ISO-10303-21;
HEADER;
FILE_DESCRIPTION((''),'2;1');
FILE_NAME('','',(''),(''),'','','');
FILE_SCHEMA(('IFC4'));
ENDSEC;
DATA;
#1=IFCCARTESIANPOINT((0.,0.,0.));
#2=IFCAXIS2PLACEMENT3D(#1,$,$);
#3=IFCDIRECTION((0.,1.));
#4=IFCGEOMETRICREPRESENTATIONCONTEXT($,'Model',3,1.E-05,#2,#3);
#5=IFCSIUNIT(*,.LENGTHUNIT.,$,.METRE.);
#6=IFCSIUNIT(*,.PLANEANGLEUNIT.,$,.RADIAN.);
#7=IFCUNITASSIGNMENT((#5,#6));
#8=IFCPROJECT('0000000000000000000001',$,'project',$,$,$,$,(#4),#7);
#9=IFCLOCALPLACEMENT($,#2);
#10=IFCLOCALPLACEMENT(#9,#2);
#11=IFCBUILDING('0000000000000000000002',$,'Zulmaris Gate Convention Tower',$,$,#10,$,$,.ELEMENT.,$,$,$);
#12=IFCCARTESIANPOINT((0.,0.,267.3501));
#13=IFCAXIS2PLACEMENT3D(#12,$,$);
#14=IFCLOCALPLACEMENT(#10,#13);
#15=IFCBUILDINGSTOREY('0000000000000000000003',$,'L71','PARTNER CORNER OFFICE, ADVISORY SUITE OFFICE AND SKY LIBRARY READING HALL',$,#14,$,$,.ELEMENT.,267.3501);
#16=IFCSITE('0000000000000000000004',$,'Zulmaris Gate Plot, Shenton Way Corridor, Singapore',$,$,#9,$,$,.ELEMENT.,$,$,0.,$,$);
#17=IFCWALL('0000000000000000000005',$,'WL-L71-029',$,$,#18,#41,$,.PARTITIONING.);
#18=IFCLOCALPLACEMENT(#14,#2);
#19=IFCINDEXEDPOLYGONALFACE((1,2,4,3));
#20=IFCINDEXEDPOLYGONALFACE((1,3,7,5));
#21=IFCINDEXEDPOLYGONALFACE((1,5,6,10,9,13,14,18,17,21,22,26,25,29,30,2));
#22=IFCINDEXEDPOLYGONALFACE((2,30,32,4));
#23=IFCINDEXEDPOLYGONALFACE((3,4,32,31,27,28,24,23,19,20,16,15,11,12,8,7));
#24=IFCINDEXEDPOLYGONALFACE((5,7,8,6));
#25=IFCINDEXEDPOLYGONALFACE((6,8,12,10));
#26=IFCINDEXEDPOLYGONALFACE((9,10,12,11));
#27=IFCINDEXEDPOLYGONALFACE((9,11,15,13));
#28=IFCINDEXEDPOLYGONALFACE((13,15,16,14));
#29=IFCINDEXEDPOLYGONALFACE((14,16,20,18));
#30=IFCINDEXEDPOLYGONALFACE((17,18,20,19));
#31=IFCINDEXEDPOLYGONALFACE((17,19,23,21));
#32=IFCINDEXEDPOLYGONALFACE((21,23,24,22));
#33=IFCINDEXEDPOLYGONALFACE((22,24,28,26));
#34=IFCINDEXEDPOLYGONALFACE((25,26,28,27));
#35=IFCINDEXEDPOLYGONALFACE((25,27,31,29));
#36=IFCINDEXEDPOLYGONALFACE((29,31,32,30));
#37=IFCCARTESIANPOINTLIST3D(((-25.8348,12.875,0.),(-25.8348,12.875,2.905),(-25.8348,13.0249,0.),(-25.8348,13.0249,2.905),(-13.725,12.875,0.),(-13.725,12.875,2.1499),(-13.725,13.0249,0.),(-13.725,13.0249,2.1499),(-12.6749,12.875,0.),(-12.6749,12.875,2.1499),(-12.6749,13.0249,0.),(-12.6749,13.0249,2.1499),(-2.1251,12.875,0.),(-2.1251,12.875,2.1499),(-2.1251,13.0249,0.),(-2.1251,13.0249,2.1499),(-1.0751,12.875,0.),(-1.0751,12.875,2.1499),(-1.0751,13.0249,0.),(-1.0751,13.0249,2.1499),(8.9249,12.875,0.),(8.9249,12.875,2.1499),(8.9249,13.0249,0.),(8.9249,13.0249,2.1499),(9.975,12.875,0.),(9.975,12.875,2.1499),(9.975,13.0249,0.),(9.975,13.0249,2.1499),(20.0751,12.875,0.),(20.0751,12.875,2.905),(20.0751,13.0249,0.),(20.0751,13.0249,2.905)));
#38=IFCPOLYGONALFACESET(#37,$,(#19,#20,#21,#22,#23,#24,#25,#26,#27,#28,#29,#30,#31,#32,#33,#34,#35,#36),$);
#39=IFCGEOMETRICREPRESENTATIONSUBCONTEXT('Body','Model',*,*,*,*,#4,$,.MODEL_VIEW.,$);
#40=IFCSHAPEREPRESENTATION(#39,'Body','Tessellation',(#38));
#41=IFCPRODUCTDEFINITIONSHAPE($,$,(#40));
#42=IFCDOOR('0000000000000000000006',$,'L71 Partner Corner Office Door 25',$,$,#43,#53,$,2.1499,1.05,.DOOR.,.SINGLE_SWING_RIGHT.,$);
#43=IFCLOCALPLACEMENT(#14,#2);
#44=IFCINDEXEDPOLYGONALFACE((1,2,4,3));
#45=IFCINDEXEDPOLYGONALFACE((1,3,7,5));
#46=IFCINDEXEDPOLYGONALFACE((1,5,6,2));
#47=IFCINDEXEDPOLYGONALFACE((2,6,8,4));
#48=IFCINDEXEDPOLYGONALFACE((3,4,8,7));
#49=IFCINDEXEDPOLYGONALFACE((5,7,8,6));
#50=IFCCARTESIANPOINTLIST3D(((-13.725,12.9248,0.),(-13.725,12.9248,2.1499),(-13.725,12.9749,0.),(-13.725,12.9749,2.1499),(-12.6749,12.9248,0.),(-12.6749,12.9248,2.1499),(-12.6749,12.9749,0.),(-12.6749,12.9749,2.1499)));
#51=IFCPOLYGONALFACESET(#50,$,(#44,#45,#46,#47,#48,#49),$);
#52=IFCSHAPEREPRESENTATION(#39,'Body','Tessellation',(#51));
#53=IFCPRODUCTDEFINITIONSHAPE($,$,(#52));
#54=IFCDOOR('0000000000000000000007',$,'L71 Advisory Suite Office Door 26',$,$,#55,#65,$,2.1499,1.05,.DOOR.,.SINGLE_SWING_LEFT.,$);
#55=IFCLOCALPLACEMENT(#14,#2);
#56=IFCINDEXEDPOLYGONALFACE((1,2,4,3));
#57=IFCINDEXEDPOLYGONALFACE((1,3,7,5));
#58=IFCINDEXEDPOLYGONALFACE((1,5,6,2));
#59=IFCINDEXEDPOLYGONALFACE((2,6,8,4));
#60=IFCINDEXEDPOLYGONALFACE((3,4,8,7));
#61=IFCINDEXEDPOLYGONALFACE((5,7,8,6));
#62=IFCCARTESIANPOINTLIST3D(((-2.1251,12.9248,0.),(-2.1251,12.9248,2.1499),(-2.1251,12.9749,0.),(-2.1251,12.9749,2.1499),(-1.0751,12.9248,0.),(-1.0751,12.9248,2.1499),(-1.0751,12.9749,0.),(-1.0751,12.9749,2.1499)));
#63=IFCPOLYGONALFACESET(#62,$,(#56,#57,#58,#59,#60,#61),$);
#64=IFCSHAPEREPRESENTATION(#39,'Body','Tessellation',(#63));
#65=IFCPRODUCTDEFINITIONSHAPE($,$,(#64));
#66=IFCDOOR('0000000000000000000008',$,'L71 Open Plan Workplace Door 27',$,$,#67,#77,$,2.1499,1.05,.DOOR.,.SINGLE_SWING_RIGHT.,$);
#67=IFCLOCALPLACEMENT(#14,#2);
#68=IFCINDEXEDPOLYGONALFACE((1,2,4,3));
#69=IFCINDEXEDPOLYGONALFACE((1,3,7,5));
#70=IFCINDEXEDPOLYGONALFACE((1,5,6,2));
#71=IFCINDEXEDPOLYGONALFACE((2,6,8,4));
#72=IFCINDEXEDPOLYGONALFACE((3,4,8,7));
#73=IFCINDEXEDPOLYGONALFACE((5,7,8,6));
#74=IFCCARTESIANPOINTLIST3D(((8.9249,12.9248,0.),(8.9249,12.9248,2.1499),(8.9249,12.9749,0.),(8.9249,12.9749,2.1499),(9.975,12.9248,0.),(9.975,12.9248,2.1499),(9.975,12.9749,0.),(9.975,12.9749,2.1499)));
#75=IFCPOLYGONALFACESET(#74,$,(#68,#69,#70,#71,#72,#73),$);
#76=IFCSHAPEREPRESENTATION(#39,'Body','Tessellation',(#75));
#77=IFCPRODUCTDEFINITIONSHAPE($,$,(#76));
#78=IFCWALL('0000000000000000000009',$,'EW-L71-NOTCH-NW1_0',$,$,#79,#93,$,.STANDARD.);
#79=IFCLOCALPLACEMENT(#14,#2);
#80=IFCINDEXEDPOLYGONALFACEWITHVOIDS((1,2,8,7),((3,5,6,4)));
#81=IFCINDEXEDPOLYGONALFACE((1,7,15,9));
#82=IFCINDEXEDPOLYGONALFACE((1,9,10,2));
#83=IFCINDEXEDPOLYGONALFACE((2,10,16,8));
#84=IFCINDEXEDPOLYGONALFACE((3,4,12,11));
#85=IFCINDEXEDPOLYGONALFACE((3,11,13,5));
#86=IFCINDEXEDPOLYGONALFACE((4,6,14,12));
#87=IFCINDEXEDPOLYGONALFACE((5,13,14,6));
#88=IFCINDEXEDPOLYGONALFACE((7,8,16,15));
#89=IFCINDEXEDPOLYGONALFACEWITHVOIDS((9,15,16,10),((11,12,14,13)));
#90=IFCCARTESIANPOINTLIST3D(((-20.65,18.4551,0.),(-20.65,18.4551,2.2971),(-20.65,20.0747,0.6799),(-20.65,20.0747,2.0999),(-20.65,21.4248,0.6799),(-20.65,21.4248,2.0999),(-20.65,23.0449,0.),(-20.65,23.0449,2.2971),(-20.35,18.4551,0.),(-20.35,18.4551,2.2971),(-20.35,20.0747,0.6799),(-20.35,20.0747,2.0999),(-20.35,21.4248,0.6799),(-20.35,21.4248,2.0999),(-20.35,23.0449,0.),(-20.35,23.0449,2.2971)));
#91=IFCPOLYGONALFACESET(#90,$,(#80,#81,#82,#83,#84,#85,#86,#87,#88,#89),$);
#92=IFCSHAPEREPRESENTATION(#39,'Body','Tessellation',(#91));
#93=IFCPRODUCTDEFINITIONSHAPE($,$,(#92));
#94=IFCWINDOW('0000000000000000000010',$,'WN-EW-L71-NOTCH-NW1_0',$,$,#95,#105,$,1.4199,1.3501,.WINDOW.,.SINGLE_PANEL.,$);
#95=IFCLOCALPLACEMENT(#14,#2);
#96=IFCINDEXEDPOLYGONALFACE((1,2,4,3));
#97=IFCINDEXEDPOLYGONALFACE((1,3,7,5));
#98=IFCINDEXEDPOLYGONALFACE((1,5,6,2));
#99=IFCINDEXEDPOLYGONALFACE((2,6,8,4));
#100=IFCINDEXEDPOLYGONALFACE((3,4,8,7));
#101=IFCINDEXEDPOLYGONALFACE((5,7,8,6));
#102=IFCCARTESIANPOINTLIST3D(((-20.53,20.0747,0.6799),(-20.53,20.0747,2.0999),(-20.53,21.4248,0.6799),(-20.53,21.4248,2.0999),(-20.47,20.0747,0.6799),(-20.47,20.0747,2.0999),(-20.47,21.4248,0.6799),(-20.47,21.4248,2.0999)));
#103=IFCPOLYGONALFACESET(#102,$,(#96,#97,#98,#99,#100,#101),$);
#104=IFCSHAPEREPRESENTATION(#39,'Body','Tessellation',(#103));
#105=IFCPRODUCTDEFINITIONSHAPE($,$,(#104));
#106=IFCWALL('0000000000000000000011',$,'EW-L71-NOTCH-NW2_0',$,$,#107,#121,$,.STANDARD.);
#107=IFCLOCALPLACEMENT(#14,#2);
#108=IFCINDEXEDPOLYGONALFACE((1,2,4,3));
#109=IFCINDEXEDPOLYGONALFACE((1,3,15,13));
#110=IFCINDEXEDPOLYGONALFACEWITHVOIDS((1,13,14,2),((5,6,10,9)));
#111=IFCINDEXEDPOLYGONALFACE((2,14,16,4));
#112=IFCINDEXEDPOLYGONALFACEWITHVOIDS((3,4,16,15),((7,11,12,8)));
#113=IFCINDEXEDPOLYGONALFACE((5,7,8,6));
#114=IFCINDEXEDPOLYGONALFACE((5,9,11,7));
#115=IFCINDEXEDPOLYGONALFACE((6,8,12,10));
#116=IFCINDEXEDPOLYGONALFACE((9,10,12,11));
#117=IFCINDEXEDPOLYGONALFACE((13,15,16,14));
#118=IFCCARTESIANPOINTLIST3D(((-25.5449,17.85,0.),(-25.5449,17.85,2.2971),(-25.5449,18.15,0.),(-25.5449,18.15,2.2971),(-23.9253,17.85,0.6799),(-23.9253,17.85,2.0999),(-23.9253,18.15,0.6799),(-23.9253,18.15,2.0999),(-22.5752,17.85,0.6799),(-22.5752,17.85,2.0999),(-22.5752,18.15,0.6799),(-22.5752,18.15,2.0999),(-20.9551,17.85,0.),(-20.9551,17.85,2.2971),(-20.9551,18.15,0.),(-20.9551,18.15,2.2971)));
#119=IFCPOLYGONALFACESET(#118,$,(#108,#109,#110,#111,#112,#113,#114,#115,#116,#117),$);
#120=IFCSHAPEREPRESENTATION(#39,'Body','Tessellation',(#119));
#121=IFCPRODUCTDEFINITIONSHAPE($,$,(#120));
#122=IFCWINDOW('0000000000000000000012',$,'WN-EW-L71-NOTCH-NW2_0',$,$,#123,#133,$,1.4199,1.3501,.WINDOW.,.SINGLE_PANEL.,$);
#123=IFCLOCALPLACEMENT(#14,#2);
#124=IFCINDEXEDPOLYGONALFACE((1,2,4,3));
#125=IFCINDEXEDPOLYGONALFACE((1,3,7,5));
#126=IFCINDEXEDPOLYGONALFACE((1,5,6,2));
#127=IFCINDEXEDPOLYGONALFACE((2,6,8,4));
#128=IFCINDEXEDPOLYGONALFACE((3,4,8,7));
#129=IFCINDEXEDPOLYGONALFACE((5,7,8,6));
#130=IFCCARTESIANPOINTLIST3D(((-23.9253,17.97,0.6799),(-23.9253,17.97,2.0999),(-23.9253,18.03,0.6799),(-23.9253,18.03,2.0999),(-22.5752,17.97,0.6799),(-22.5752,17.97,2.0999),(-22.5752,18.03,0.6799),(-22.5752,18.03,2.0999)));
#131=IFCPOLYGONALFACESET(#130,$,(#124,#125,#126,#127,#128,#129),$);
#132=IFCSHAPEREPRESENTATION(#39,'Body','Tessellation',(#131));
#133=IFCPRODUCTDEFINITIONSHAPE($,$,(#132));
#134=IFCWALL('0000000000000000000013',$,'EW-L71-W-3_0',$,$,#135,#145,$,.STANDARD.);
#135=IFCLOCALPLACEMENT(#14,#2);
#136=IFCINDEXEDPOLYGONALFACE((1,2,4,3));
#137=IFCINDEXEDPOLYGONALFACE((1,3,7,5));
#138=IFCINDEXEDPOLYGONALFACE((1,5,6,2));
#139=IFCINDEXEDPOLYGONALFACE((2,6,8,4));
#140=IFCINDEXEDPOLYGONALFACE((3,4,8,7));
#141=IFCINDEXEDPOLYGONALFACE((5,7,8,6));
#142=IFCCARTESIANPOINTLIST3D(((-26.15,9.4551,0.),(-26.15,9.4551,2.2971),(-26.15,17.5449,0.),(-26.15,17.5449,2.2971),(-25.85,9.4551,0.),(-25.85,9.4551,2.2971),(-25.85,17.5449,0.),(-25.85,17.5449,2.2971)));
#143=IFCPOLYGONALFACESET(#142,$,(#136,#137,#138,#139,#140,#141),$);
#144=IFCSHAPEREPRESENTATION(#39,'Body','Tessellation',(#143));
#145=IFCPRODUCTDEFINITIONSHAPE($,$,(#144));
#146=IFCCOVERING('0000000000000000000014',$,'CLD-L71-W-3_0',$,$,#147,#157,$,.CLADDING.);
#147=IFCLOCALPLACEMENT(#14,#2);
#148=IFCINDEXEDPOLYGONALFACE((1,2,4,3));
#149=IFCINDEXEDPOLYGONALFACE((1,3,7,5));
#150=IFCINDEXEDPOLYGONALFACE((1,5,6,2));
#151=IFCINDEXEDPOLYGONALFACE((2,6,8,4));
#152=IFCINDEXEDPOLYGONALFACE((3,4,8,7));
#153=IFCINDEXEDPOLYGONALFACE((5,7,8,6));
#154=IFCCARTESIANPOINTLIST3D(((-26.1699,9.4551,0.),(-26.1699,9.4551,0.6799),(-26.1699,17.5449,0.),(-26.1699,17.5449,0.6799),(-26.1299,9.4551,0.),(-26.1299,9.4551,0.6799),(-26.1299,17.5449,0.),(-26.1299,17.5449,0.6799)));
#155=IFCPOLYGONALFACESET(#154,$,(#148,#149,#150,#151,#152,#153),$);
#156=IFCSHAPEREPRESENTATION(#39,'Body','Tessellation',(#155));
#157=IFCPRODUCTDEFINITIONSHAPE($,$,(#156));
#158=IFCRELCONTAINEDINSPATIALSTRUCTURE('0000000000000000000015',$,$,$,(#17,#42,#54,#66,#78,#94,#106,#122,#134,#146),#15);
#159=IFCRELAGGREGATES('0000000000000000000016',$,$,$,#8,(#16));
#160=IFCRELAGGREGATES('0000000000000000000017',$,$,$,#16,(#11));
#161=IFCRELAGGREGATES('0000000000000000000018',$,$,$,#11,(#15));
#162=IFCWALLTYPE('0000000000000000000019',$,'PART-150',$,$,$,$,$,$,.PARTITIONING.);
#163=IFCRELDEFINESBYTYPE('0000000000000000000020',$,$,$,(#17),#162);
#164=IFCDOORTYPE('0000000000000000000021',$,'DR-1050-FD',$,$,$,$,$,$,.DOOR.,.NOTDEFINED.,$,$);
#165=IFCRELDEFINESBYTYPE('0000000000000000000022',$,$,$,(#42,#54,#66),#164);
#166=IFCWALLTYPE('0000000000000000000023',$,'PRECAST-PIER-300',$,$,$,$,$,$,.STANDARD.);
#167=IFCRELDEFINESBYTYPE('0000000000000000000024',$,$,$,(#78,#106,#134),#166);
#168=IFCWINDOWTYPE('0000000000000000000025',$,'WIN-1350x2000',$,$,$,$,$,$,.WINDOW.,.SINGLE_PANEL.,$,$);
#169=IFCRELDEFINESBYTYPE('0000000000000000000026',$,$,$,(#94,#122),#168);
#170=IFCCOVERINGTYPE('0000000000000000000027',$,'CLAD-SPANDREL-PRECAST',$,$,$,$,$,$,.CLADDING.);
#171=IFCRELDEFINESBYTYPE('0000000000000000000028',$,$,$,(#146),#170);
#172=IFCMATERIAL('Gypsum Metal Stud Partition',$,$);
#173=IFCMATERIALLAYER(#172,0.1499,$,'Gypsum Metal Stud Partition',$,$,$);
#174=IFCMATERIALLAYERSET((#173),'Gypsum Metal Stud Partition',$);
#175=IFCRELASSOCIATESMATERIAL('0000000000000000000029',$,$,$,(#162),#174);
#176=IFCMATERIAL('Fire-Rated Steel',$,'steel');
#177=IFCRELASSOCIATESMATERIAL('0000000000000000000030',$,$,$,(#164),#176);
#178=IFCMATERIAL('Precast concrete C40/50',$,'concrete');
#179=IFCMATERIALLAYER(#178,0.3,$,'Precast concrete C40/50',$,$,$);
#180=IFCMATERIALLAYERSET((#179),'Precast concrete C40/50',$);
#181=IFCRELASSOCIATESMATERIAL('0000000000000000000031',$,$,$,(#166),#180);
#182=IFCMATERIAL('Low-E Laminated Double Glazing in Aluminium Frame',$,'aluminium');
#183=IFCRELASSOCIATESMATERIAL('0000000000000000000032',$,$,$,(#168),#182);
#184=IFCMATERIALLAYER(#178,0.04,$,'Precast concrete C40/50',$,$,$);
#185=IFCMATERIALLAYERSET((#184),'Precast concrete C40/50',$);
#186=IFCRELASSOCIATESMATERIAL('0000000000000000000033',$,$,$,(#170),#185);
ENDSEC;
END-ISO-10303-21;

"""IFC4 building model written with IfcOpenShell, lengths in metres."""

from ifc_helpers import new_model, si_unit, direction, frame, frame_2d, origin, place, context, subcontext, project, spatial, rectangle, extrude, material, layer, layer_set, type_object, element, fill, save


model = new_model("IFC4")

# Units and contexts
model_context = context("Model", 3, precision=1e-05, world=origin(), true_north=direction((0.0, 1.0)))
body_context = subcontext(model_context, "Body", "Model", "MODEL_VIEW")
ifc_project = project(units=[si_unit("LENGTHUNIT", "METRE"), si_unit("PLANEANGLEUNIT", "RADIAN")], contexts=[model_context])

# Site, building, storey
site_placement = place(None, origin())
site = spatial("IfcSite", under=ifc_project, at=site_placement, Name="Zulmaris Gate Plot, Shenton Way Corridor, Singapore", CompositionType="ELEMENT", RefElevation=0.0)
building_placement = place(site_placement, origin())
building = spatial("IfcBuilding", under=site, at=building_placement, Name="Zulmaris Gate Convention Tower", CompositionType="ELEMENT")
storey_placement = place(building_placement, frame((0.0, 0.0, 267.3501)))
storey = spatial("IfcBuildingStorey", under=building, at=storey_placement, Name="L71", Description="PARTNER CORNER OFFICE, ADVISORY SUITE OFFICE AND SKY LIBRARY READING HALL", CompositionType="ELEMENT", Elevation=267.3501)

# Shared definitions
ifc_material_1 = material(Name="Fire-Rated Steel", Category="steel")

# Wall, openings, doors
ifc_material_2 = material(Name="Gypsum Metal Stud Partition")
ifc_layer_1 = layer(ifc_material_2, 0.1499, Name="Gypsum Metal Stud Partition")
ifc_layer_set_1 = layer_set([ifc_layer_1], Name="Gypsum Metal Stud Partition")
wall_type_1 = type_object("IfcWallType", Name="PART-150", PredefinedType="PARTITIONING", material=ifc_layer_set_1)
wall_1_placement = place(storey_placement, frame((-25.835, 12.95, 0.0), z_axis=(0.0, 0.0, 1.0), x_axis=(1.0, 0.0, 0.0)))
wall_1 = element("IfcWall", 1, at=wall_1_placement, inside=storey, type_object=wall_type_1, Name="WL-L71-029", PredefinedType="PARTITIONING", context=body_context, shape_type="SweptSolid", body=[
    extrude(rectangle(XDim=45.9099, YDim=0.1499, at=frame_2d((22.9551, 0.0))), origin(), (0.0, 0.0, 1.0), 2.905),
])
opening_1_placement = place(wall_1_placement, frame((12.1101, 0.0, 0.0)))
opening_1 = element("IfcOpeningElement", 2, at=opening_1_placement, cuts=wall_1, PredefinedType="OPENING", context=body_context, shape_type="SweptSolid", body=[
    extrude(rectangle(XDim=1.05, YDim=2.1499, at=frame_2d((0.5249, 1.075))), frame((0.0, 0.085, 0.0), z_axis=(0.0, -1.0, 0.0), x_axis=(1.0, 0.0, 0.0)), (0.0, 0.0, 1.0), 0.1699),
])
opening_2_placement = place(wall_1_placement, frame((23.71, 0.0, 0.0)))
opening_2 = element("IfcOpeningElement", 3, at=opening_2_placement, cuts=wall_1, PredefinedType="OPENING", context=body_context, shape_type="SweptSolid", body=[
    extrude(rectangle(XDim=1.05, YDim=2.1499, at=frame_2d((0.5249, 1.075))), frame((0.0, 0.085, 0.0), z_axis=(0.0, -1.0, 0.0), x_axis=(1.0, 0.0, 0.0)), (0.0, 0.0, 1.0), 0.1699),
])
opening_3_placement = place(wall_1_placement, frame((34.76, 0.0, 0.0)))
opening_3 = element("IfcOpeningElement", 4, at=opening_3_placement, cuts=wall_1, PredefinedType="OPENING", context=body_context, shape_type="SweptSolid", body=[
    extrude(rectangle(XDim=1.05, YDim=2.1499, at=frame_2d((0.5249, 1.075))), frame((0.0, 0.085, 0.0), z_axis=(0.0, -1.0, 0.0), x_axis=(1.0, 0.0, 0.0)), (0.0, 0.0, 1.0), 0.1699),
])
door_type_1 = type_object("IfcDoorType", Name="DR-1050-FD", OperationType="NOTDEFINED", PredefinedType="DOOR", material=ifc_material_1)
door_1_placement = place(opening_1_placement, origin())
door_1 = element("IfcDoor", 5, at=door_1_placement, inside=storey, type_object=door_type_1, Name="L71 Partner Corner Office Door 25", OperationType="SINGLE_SWING_RIGHT", OverallHeight=2.1499, OverallWidth=1.05, PredefinedType="DOOR", context=body_context, shape_type="SweptSolid", body=[
    extrude(rectangle(XDim=1.05, YDim=2.1499, at=frame_2d((0.5249, 1.075))), frame((0.0, 0.0249, 0.0), z_axis=(0.0, -1.0, 0.0), x_axis=(1.0, 0.0, 0.0)), (0.0, 0.0, 1.0), 0.05),
])
fill(opening_1, door_1)
door_2_placement = place(opening_2_placement, origin())
door_2 = element("IfcDoor", 6, at=door_2_placement, inside=storey, type_object=door_type_1, Name="L71 Advisory Suite Office Door 26", OperationType="SINGLE_SWING_LEFT", OverallHeight=2.1499, OverallWidth=1.05, PredefinedType="DOOR", context=body_context, shape_type="SweptSolid", body=[
    extrude(rectangle(XDim=1.05, YDim=2.1499, at=frame_2d((0.5249, 1.075))), frame((0.0, 0.0249, 0.0), z_axis=(0.0, -1.0, 0.0), x_axis=(1.0, 0.0, 0.0)), (0.0, 0.0, 1.0), 0.05),
])
fill(opening_2, door_2)
door_3_placement = place(opening_3_placement, origin())
door_3 = element("IfcDoor", 7, at=door_3_placement, inside=storey, type_object=door_type_1, Name="L71 Open Plan Workplace Door 27", OperationType="SINGLE_SWING_RIGHT", OverallHeight=2.1499, OverallWidth=1.05, PredefinedType="DOOR", context=body_context, shape_type="SweptSolid", body=[
    extrude(rectangle(XDim=1.05, YDim=2.1499, at=frame_2d((0.5249, 1.075))), frame((0.0, 0.0249, 0.0), z_axis=(0.0, -1.0, 0.0), x_axis=(1.0, 0.0, 0.0)), (0.0, 0.0, 1.0), 0.05),
])
fill(opening_3, door_3)

# Walls, openings, windows
ifc_material_3 = material(Name="Precast concrete C40/50", Category="concrete")
ifc_layer_2 = layer(ifc_material_3, 0.3, Name="Precast concrete C40/50")
ifc_layer_set_2 = layer_set([ifc_layer_2], Name="Precast concrete C40/50")
wall_type_2 = type_object("IfcWallType", Name="PRECAST-PIER-300", PredefinedType="STANDARD", material=ifc_layer_set_2)
wall_2_placement = place(storey_placement, frame((-20.5, 23.0449, 0.0), z_axis=(0.0, 0.0, 1.0), x_axis=(0.0, -1.0, 0.0)))
wall_2 = element("IfcWall", 8, at=wall_2_placement, inside=storey, type_object=wall_type_2, Name="EW-L71-NOTCH-NW1_0", PredefinedType="STANDARD", context=body_context, shape_type="SweptSolid", body=[
    extrude(rectangle(XDim=4.5898, YDim=0.3, at=frame_2d((2.2949, 0.0))), origin(), (0.0, 0.0, 1.0), 2.2971),
])
opening_4_placement = place(wall_2_placement, frame((1.6201, 0.0, 0.6799)))
opening_4 = element("IfcOpeningElement", 9, at=opening_4_placement, cuts=wall_2, PredefinedType="OPENING", context=body_context, shape_type="SweptSolid", body=[
    extrude(rectangle(XDim=1.3501, YDim=1.4199, at=frame_2d((0.675, 0.71))), frame((0.0, 0.1602, 0.0), z_axis=(0.0, -1.0, 0.0), x_axis=(1.0, 0.0, 0.0)), (0.0, 0.0, 1.0), 0.3201),
])
ifc_material_4 = material(Name="Low-E Laminated Double Glazing in Aluminium Frame", Category="aluminium")
window_type = type_object("IfcWindowType", Name="WIN-1350x2000", PartitioningType="SINGLE_PANEL", PredefinedType="WINDOW", material=ifc_material_4)
window_1_placement = place(opening_4_placement, origin())
window_1 = element("IfcWindow", 10, at=window_1_placement, inside=storey, type_object=window_type, Name="WN-EW-L71-NOTCH-NW1_0", OverallHeight=1.4199, OverallWidth=1.3501, PartitioningType="SINGLE_PANEL", PredefinedType="WINDOW", context=body_context, shape_type="SweptSolid", body=[
    extrude(rectangle(XDim=1.3501, YDim=1.4199, at=frame_2d((0.675, 0.71))), frame((0.0, 0.03, 0.0), z_axis=(0.0, -1.0, 0.0), x_axis=(1.0, 0.0, 0.0)), (0.0, 0.0, 1.0), 0.0601),
])
fill(opening_4, window_1)
wall_3_placement = place(storey_placement, frame((-20.9551, 18.0, 0.0), z_axis=(0.0, 0.0, 1.0), x_axis=(-1.0, 0.0, 0.0)))
wall_3 = element("IfcWall", 11, at=wall_3_placement, inside=storey, type_object=wall_type_2, Name="EW-L71-NOTCH-NW2_0", PredefinedType="STANDARD", context=body_context, shape_type="SweptSolid", body=[
    extrude(rectangle(XDim=4.5898, YDim=0.3, at=frame_2d((2.2949, 0.0))), origin(), (0.0, 0.0, 1.0), 2.2971),
])
opening_5_placement = place(wall_3_placement, frame((1.6201, 0.0, 0.6799)))
opening_5 = element("IfcOpeningElement", 12, at=opening_5_placement, cuts=wall_3, PredefinedType="OPENING", context=body_context, shape_type="SweptSolid", body=[
    extrude(rectangle(XDim=1.3501, YDim=1.4199, at=frame_2d((0.675, 0.71))), frame((0.0, 0.1602, 0.0), z_axis=(0.0, -1.0, 0.0), x_axis=(1.0, 0.0, 0.0)), (0.0, 0.0, 1.0), 0.3201),
])
window_2_placement = place(opening_5_placement, origin())
window_2 = element("IfcWindow", 13, at=window_2_placement, inside=storey, type_object=window_type, Name="WN-EW-L71-NOTCH-NW2_0", OverallHeight=1.4199, OverallWidth=1.3501, PartitioningType="SINGLE_PANEL", PredefinedType="WINDOW", context=body_context, shape_type="SweptSolid", body=[
    extrude(rectangle(XDim=1.3501, YDim=1.4199, at=frame_2d((0.675, 0.71))), frame((0.0, 0.03, 0.0), z_axis=(0.0, -1.0, 0.0), x_axis=(1.0, 0.0, 0.0)), (0.0, 0.0, 1.0), 0.0601),
])
fill(opening_5, window_2)

# Wall
wall_4_placement = place(storey_placement, frame((-26.0, 17.5449, 0.0), z_axis=(0.0, 0.0, 1.0), x_axis=(0.0, -1.0, 0.0)))
element("IfcWall", 14, at=wall_4_placement, inside=storey, type_object=wall_type_2, Name="EW-L71-W-3_0", PredefinedType="STANDARD", context=body_context, shape_type="SweptSolid", body=[
    extrude(rectangle(XDim=8.0898, YDim=0.3, at=frame_2d((4.0449, 0.0))), origin(), (0.0, 0.0, 1.0), 2.2971),
])

# Covering
ifc_layer_3 = layer(ifc_material_3, 0.04, Name="Precast concrete C40/50")
ifc_layer_set_3 = layer_set([ifc_layer_3], Name="Precast concrete C40/50")
covering_type_1 = type_object("IfcCoveringType", Name="CLAD-SPANDREL-PRECAST", PredefinedType="CLADDING", material=ifc_layer_set_3)
covering_1_placement = place(storey_placement, frame((-26.1499, 17.5449, 0.0), z_axis=(0.0, 0.0, 1.0), x_axis=(0.0, -1.0, 0.0)))
element("IfcCovering", 15, at=covering_1_placement, inside=storey, type_object=covering_type_1, Name="CLD-L71-W-3_0", PredefinedType="CLADDING", context=body_context, shape_type="SweptSolid", body=[
    extrude(rectangle(XDim=8.0898, YDim=0.04, at=frame_2d((4.0449, 0.0))), origin(), (0.0, 0.0, 1.0), 0.6799),
])

save(model, "model.ifc")
